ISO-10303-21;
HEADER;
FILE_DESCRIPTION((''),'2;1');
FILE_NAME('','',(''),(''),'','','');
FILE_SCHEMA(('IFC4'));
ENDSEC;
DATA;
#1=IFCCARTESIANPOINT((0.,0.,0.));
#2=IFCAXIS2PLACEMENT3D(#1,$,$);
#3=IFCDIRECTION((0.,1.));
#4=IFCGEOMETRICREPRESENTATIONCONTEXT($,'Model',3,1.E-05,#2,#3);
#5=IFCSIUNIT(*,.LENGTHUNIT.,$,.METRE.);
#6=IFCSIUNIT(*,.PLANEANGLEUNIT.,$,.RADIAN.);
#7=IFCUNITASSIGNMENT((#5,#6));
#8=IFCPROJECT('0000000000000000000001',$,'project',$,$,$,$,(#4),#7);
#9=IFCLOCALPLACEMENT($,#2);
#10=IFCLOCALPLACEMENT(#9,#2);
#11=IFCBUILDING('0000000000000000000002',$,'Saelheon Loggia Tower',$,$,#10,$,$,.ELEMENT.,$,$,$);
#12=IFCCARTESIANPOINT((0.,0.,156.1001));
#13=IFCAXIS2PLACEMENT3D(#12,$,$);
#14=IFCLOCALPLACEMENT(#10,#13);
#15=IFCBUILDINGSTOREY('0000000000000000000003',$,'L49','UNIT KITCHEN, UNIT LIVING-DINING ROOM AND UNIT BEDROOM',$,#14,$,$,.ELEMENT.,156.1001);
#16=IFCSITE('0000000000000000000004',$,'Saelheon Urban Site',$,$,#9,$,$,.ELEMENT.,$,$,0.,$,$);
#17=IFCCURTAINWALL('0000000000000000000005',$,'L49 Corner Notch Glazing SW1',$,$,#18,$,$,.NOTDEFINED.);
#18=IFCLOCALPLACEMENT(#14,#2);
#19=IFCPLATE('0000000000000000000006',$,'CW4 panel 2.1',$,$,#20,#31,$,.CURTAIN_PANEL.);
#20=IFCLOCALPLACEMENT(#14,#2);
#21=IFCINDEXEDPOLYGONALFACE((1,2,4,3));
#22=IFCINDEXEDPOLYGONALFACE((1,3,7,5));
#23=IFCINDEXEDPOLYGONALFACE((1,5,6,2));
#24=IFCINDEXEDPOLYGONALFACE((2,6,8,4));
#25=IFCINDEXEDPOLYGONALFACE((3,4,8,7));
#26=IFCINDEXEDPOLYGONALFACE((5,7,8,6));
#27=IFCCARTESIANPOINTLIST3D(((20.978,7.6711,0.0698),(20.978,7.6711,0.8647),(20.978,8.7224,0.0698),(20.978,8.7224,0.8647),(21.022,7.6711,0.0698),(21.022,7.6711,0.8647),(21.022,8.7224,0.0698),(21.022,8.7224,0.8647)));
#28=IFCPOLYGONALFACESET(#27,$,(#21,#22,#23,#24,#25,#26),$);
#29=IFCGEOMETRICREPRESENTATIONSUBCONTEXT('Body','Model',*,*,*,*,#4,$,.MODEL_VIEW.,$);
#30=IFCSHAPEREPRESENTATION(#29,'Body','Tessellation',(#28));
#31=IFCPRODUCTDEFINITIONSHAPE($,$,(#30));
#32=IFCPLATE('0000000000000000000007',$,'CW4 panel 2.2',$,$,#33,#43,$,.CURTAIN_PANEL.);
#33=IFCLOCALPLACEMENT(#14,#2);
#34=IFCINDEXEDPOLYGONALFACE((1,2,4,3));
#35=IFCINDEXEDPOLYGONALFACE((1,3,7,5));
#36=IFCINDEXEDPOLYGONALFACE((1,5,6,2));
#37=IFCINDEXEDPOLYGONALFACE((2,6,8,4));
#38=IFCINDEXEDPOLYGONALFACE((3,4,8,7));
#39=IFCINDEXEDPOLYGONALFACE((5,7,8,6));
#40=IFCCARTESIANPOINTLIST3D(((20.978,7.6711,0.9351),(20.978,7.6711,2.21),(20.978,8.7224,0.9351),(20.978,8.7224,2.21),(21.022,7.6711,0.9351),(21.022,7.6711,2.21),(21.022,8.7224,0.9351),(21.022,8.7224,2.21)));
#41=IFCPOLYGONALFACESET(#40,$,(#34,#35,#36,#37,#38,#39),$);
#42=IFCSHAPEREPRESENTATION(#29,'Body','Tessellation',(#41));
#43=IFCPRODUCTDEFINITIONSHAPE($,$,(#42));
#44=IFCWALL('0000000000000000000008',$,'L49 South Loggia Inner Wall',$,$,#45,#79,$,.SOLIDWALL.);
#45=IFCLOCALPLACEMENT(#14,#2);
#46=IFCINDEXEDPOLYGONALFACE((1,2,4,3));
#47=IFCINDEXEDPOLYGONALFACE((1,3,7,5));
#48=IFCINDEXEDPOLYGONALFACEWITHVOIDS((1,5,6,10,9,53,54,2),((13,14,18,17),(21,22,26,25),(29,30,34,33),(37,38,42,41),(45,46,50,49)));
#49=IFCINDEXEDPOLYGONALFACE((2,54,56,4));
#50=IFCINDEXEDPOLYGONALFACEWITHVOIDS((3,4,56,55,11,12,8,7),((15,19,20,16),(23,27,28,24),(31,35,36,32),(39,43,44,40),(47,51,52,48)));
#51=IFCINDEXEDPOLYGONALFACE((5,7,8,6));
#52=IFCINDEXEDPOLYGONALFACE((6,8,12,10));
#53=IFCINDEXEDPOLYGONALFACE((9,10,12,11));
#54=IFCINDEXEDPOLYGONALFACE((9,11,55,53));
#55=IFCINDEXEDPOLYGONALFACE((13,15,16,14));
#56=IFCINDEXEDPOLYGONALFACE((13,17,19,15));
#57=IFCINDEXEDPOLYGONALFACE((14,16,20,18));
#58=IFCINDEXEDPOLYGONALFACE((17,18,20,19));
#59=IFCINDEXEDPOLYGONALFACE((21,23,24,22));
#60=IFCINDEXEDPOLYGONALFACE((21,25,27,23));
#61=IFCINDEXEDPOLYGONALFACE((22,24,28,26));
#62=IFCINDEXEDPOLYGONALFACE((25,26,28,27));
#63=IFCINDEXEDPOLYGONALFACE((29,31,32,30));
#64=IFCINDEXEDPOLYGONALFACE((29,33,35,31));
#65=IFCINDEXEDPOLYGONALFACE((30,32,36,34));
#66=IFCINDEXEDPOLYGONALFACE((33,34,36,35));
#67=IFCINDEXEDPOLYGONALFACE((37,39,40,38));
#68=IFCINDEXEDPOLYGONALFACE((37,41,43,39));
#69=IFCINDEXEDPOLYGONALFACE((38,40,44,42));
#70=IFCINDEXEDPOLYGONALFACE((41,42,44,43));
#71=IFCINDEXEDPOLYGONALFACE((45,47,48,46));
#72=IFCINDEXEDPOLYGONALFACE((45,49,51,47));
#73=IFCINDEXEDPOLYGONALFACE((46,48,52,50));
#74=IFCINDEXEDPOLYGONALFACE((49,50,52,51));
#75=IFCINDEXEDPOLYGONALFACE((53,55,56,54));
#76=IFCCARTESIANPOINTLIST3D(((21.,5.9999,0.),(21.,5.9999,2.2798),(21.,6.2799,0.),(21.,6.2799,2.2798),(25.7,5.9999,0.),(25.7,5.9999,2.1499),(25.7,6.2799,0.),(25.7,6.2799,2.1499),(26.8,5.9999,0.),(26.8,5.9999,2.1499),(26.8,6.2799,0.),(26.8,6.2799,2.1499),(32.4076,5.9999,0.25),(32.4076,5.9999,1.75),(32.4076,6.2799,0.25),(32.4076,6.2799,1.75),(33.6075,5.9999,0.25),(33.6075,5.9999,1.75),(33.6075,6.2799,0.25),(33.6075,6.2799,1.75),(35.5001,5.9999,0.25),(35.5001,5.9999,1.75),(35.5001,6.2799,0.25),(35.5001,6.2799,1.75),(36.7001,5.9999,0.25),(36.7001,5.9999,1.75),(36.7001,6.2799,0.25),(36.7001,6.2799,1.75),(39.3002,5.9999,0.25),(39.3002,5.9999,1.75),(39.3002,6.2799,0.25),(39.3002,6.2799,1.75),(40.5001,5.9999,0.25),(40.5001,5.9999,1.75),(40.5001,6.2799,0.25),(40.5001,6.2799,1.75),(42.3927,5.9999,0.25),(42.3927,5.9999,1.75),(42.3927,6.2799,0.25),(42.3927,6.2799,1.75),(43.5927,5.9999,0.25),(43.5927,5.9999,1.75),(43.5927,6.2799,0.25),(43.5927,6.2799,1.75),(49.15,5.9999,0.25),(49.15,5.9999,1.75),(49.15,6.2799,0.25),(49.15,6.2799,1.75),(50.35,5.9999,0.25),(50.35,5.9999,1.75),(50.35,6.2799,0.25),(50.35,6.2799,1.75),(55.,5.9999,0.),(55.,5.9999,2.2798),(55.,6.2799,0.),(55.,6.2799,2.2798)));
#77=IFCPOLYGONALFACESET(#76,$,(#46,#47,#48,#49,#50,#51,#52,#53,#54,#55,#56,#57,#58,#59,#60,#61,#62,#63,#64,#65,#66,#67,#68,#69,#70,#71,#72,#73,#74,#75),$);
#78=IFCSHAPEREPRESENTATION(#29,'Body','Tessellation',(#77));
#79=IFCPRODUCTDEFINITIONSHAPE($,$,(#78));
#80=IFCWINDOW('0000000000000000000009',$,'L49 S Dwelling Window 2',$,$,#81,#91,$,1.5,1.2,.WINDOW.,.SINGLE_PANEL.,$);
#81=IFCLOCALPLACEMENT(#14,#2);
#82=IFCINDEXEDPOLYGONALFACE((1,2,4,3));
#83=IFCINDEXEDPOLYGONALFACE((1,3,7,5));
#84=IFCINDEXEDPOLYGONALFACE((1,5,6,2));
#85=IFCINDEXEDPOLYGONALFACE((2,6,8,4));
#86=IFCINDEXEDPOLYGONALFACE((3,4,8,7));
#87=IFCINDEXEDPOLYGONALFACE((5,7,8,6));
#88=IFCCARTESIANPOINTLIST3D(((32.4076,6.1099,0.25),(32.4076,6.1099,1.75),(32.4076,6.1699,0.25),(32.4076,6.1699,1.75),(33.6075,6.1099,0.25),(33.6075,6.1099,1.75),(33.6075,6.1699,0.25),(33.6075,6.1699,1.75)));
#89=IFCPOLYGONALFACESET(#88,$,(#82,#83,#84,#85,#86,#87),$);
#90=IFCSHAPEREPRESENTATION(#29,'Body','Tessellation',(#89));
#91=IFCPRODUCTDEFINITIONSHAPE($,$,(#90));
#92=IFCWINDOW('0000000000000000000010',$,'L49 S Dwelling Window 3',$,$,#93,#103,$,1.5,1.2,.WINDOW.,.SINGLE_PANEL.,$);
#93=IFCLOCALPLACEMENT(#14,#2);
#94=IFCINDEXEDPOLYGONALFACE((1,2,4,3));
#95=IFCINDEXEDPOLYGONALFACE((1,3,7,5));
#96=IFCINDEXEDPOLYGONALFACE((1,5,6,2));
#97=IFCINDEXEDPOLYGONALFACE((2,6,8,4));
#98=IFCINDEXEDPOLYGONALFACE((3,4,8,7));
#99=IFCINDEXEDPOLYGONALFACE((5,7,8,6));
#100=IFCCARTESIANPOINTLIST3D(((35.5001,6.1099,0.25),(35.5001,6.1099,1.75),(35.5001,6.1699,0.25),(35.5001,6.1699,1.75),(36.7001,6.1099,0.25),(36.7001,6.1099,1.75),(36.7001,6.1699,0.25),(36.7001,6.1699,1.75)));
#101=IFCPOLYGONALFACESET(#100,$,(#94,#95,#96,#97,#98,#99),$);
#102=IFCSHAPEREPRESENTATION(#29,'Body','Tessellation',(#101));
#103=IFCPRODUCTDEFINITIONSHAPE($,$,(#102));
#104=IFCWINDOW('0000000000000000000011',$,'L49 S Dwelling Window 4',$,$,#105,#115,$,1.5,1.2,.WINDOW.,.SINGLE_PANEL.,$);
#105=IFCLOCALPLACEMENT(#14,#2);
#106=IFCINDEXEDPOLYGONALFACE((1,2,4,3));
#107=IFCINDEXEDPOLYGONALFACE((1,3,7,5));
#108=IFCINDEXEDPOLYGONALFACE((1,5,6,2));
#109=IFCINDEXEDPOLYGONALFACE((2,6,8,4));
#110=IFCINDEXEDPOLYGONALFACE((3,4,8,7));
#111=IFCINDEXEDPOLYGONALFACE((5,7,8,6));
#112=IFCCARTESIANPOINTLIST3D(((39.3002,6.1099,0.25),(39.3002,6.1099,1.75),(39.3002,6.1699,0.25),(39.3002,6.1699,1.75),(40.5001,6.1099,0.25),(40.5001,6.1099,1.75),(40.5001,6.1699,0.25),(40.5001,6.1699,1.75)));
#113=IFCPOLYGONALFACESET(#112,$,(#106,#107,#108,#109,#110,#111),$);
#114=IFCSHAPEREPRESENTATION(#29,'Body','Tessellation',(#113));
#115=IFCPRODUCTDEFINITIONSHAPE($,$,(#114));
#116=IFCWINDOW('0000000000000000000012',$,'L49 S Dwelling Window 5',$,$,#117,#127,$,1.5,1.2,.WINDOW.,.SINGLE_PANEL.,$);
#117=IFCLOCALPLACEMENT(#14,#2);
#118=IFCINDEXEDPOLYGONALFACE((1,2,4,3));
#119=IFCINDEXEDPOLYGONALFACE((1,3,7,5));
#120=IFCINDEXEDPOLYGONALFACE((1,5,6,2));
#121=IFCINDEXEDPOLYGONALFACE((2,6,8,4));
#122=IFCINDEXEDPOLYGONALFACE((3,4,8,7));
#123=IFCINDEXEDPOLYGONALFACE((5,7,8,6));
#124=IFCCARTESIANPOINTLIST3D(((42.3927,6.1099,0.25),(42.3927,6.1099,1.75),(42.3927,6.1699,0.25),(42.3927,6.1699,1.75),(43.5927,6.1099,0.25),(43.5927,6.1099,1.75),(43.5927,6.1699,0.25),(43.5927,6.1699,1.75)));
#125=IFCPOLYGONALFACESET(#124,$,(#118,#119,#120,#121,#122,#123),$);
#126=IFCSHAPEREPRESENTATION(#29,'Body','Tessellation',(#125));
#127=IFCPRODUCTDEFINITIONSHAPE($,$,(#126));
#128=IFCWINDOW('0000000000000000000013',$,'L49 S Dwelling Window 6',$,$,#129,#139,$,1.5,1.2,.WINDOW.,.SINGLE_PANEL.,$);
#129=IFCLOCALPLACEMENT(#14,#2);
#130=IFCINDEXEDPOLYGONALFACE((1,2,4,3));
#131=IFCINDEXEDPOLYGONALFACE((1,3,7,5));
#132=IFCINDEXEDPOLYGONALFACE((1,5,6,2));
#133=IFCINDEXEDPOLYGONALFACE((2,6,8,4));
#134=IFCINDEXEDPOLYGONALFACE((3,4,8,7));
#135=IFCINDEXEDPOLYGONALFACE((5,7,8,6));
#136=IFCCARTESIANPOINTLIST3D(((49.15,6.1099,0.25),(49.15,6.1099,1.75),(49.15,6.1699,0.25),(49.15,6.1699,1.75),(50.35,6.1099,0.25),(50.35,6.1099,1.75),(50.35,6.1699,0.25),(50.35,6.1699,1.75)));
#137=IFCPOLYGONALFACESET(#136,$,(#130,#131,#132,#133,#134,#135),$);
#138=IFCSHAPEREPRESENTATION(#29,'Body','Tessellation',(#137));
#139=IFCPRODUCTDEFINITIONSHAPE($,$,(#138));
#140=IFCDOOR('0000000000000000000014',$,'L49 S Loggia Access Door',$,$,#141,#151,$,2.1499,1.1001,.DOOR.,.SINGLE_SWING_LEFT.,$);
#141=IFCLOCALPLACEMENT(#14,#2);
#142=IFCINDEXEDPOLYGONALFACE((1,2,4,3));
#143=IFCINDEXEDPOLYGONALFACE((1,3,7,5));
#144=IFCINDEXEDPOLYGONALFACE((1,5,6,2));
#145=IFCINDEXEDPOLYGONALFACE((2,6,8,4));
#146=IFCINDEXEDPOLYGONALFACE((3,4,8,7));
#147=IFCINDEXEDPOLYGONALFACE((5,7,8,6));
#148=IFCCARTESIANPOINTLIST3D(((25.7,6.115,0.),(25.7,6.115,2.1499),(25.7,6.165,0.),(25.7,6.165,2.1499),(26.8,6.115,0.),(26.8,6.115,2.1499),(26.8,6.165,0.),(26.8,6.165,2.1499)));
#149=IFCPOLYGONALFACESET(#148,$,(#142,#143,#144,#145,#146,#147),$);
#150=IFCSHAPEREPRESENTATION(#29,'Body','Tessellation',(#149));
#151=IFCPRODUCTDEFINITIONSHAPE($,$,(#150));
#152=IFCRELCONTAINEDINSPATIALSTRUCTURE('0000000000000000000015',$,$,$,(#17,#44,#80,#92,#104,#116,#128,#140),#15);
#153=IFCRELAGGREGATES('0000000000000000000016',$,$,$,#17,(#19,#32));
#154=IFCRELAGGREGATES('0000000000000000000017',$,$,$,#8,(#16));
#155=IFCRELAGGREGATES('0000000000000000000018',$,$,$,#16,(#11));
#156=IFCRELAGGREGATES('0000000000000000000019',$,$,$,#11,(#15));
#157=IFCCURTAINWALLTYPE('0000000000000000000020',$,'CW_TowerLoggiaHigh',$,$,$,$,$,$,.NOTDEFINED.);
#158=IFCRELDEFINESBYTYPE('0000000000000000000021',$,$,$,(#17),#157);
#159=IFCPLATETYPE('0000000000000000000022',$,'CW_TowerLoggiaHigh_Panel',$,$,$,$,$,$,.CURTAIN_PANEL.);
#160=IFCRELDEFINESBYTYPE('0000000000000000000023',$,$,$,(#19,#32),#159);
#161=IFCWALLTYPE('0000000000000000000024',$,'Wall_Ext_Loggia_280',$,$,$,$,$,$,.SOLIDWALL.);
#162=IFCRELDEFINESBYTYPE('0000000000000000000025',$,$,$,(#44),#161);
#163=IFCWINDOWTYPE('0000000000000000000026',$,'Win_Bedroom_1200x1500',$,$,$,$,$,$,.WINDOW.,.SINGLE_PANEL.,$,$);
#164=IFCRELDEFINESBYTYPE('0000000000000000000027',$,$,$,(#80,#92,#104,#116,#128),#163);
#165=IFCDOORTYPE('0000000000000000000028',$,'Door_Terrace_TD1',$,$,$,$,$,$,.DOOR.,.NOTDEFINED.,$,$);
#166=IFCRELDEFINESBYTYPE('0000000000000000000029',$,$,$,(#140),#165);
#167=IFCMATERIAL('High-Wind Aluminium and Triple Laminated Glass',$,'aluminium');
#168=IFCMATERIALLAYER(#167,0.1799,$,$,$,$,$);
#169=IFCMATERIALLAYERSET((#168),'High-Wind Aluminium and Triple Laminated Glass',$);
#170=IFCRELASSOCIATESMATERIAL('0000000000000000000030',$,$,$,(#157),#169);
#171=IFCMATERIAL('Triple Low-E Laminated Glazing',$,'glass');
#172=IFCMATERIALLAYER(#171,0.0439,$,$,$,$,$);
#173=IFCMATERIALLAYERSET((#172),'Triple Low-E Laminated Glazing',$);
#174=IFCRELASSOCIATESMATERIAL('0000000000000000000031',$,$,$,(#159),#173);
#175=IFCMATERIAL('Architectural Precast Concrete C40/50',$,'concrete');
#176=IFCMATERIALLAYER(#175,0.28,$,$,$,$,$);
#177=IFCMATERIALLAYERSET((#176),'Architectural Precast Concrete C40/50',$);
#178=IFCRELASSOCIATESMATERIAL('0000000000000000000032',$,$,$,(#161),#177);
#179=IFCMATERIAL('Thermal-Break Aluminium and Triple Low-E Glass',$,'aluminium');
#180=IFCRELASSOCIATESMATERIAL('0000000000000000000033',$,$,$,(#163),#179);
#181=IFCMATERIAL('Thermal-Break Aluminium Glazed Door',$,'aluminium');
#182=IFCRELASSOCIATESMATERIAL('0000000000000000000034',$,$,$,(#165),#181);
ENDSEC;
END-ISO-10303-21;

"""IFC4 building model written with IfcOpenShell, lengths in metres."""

from ifc_helpers import new_model, si_unit, direction, frame, frame_2d, origin, origin_2d, place, context, subcontext, project, spatial, rectangle, extrude, source, transform, mapped, material, layer, layer_set, type_object, element, fill, aggregate, save


model = new_model("IFC4")

# Units and contexts
model_context = context("Model", 3, precision=1e-05, world=origin(), true_north=direction((0.0, 1.0)))
body_context = subcontext(model_context, "Body", "Model", "MODEL_VIEW")
ifc_project = project(units=[si_unit("LENGTHUNIT", "METRE"), si_unit("PLANEANGLEUNIT", "RADIAN")], contexts=[model_context])

# Site, building, storey
site_placement = place(None, origin())
site = spatial("IfcSite", under=ifc_project, at=site_placement, Name="Saelheon Urban Site", CompositionType="ELEMENT", RefElevation=0.0)
building_placement = place(site_placement, origin())
building = spatial("IfcBuilding", under=site, at=building_placement, Name="Saelheon Loggia Tower", CompositionType="ELEMENT")
storey_placement = place(building_placement, frame((0.0, 0.0, 156.1001)))
storey = spatial("IfcBuildingStorey", under=building, at=storey_placement, Name="L49", Description="UNIT KITCHEN, UNIT LIVING-DINING ROOM AND UNIT BEDROOM", CompositionType="ELEMENT", Elevation=156.1001)

# Curtain wall, plates
ifc_material_1 = material(Name="High-Wind Aluminium and Triple Laminated Glass", Category="aluminium")
ifc_layer_1 = layer(ifc_material_1, 0.1799)
ifc_layer_set_1 = layer_set([ifc_layer_1], Name="High-Wind Aluminium and Triple Laminated Glass")
curtain_wall_type = type_object("IfcCurtainWallType", Name="CW_TowerLoggiaHigh", PredefinedType="NOTDEFINED", material=ifc_layer_set_1)
curtain_wall_placement = place(storey_placement, origin())
curtain_wall = element("IfcCurtainWall", 1, at=curtain_wall_placement, inside=storey, type_object=curtain_wall_type, Name="L49 Corner Notch Glazing SW1", PredefinedType="NOTDEFINED")
ifc_material_2 = material(Name="Triple Low-E Laminated Glazing", Category="glass")
ifc_layer_2 = layer(ifc_material_2, 0.0439)
ifc_layer_set_2 = layer_set([ifc_layer_2], Name="Triple Low-E Laminated Glazing")
plate_type = type_object("IfcPlateType", Name="CW_TowerLoggiaHigh_Panel", PredefinedType="CURTAIN_PANEL", material=ifc_layer_set_2)
shared_shape_1 = source(origin(), body_context, "Body", "SweptSolid", [
    extrude(rectangle(XDim=1.0513, YDim=0.0439, at=origin_2d()), origin(), (0.0, 0.0, 1.0), 0.7949),
])
plate_1_placement = place(storey_placement, frame((21.0, 8.1968, 0.0698), z_axis=(0.0, 0.0, 1.0), x_axis=(0.0, 1.0, 0.0)))
plate_1 = element("IfcPlate", 2, at=plate_1_placement, type_object=plate_type, Name="CW4 panel 2.1", PredefinedType="CURTAIN_PANEL", context=body_context, shape_type="MappedRepresentation", body=[
    mapped(shared_shape_1, transform((0.0, 0.0, 0.0), scale=1.0)),
])
shared_shape_2 = source(origin(), body_context, "Body", "SweptSolid", [
    extrude(rectangle(XDim=1.0513, YDim=0.0439, at=origin_2d()), origin(), (0.0, 0.0, 1.0), 1.2749),
])
plate_2_placement = place(storey_placement, frame((21.0, 8.1968, 0.9351), z_axis=(0.0, 0.0, 1.0), x_axis=(0.0, 1.0, 0.0)))
plate_2 = element("IfcPlate", 3, at=plate_2_placement, type_object=plate_type, Name="CW4 panel 2.2", PredefinedType="CURTAIN_PANEL", context=body_context, shape_type="MappedRepresentation", body=[
    mapped(shared_shape_2, transform((0.0, 0.0, 0.0), scale=1.0)),
])
aggregate(curtain_wall, [plate_1, plate_2])

# Wall, openings, windows, door
ifc_material_3 = material(Name="Architectural Precast Concrete C40/50", Category="concrete")
ifc_layer_3 = layer(ifc_material_3, 0.28)
ifc_layer_set_3 = layer_set([ifc_layer_3], Name="Architectural Precast Concrete C40/50")
wall_type = type_object("IfcWallType", Name="Wall_Ext_Loggia_280", PredefinedType="SOLIDWALL", material=ifc_layer_set_3)
wall_placement = place(storey_placement, frame((21.0, 6.1399, 0.0), z_axis=(0.0, 0.0, 1.0), x_axis=(1.0, 0.0, 0.0)))
wall = element("IfcWall", 4, at=wall_placement, inside=storey, type_object=wall_type, Name="L49 South Loggia Inner Wall", PredefinedType="SOLIDWALL", context=body_context, shape_type="SweptSolid", body=[
    extrude(rectangle(XDim=34.0, YDim=0.28, at=frame_2d((17.0, 0.0))), origin(), (0.0, 0.0, 1.0), 2.2798),
])
opening_1_placement = place(wall_placement, frame((5.8, 0.0, 0.0), z_axis=(0.0, 0.0, 1.0), x_axis=(-1.0, 0.0, 0.0)))
opening_1 = element("IfcOpeningElement", 5, at=opening_1_placement, cuts=wall, PredefinedType="OPENING", context=body_context, shape_type="SweptSolid", body=[
    extrude(rectangle(XDim=1.1001, YDim=2.1499, at=frame_2d((0.55, 1.075))), frame((0.0, 0.1521, 0.0), z_axis=(0.0, -1.0, 0.0), x_axis=(1.0, 0.0, 0.0)), (0.0, 0.0, 1.0), 0.304),
])
opening_2_placement = place(wall_placement, frame((11.4075, 0.0, 0.25)))
opening_2 = element("IfcOpeningElement", 6, at=opening_2_placement, cuts=wall, PredefinedType="OPENING", context=body_context, shape_type="SweptSolid", body=[
    extrude(rectangle(XDim=1.2, YDim=1.5, at=frame_2d((0.6001, 0.75))), frame((0.0, 0.1521, 0.0), z_axis=(0.0, -1.0, 0.0), x_axis=(1.0, 0.0, 0.0)), (0.0, 0.0, 1.0), 0.304),
])
opening_3_placement = place(wall_placement, frame((14.5, 0.0, 0.25)))
opening_3 = element("IfcOpeningElement", 7, at=opening_3_placement, cuts=wall, PredefinedType="OPENING", context=body_context, shape_type="SweptSolid", body=[
    extrude(rectangle(XDim=1.2, YDim=1.5, at=frame_2d((0.6001, 0.75))), frame((0.0, 0.1521, 0.0), z_axis=(0.0, -1.0, 0.0), x_axis=(1.0, 0.0, 0.0)), (0.0, 0.0, 1.0), 0.304),
])
opening_4_placement = place(wall_placement, frame((18.3, 0.0, 0.25)))
opening_4 = element("IfcOpeningElement", 8, at=opening_4_placement, cuts=wall, PredefinedType="OPENING", context=body_context, shape_type="SweptSolid", body=[
    extrude(rectangle(XDim=1.2, YDim=1.5, at=frame_2d((0.6001, 0.75))), frame((0.0, 0.1521, 0.0), z_axis=(0.0, -1.0, 0.0), x_axis=(1.0, 0.0, 0.0)), (0.0, 0.0, 1.0), 0.304),
])
opening_5_placement = place(wall_placement, frame((21.3926, 0.0, 0.25)))
opening_5 = element("IfcOpeningElement", 9, at=opening_5_placement, cuts=wall, PredefinedType="OPENING", context=body_context, shape_type="SweptSolid", body=[
    extrude(rectangle(XDim=1.2, YDim=1.5, at=frame_2d((0.6001, 0.75))), frame((0.0, 0.1521, 0.0), z_axis=(0.0, -1.0, 0.0), x_axis=(1.0, 0.0, 0.0)), (0.0, 0.0, 1.0), 0.304),
])
opening_6_placement = place(wall_placement, frame((28.1499, 0.0, 0.25)))
opening_6 = element("IfcOpeningElement", 10, at=opening_6_placement, cuts=wall, PredefinedType="OPENING", context=body_context, shape_type="SweptSolid", body=[
    extrude(rectangle(XDim=1.2, YDim=1.5, at=frame_2d((0.6001, 0.75))), frame((0.0, 0.1521, 0.0), z_axis=(0.0, -1.0, 0.0), x_axis=(1.0, 0.0, 0.0)), (0.0, 0.0, 1.0), 0.304),
])
ifc_material_4 = material(Name="Thermal-Break Aluminium and Triple Low-E Glass", Category="aluminium")
window_type = type_object("IfcWindowType", Name="Win_Bedroom_1200x1500", PartitioningType="SINGLE_PANEL", PredefinedType="WINDOW", material=ifc_material_4)
shared_shape_3 = source(origin(), body_context, "Body", "SweptSolid", [
    extrude(rectangle(XDim=1.2, YDim=1.5, at=frame_2d((0.6001, 0.75))), frame((0.0, 0.03, 0.0), z_axis=(0.0, -1.0, 0.0), x_axis=(1.0, 0.0, 0.0)), (0.0, 0.0, 1.0), 0.0601),
])
window_1_placement = place(opening_2_placement, origin())
window_1 = element("IfcWindow", 11, at=window_1_placement, inside=storey, type_object=window_type, Name="L49 S Dwelling Window 2", OverallHeight=1.5, OverallWidth=1.2, PartitioningType="SINGLE_PANEL", PredefinedType="WINDOW", context=body_context, shape_type="MappedRepresentation", body=[
    mapped(shared_shape_3, transform((0.0, 0.0, 0.0), scale=1.0)),
])
fill(opening_2, window_1)
window_2_placement = place(opening_3_placement, origin())
window_2 = element("IfcWindow", 12, at=window_2_placement, inside=storey, type_object=window_type, Name="L49 S Dwelling Window 3", OverallHeight=1.5, OverallWidth=1.2, PartitioningType="SINGLE_PANEL", PredefinedType="WINDOW", context=body_context, shape_type="MappedRepresentation", body=[
    mapped(shared_shape_3, transform((0.0, 0.0, 0.0), scale=1.0)),
])
fill(opening_3, window_2)
window_3_placement = place(opening_4_placement, origin())
window_3 = element("IfcWindow", 13, at=window_3_placement, inside=storey, type_object=window_type, Name="L49 S Dwelling Window 4", OverallHeight=1.5, OverallWidth=1.2, PartitioningType="SINGLE_PANEL", PredefinedType="WINDOW", context=body_context, shape_type="MappedRepresentation", body=[
    mapped(shared_shape_3, transform((0.0, 0.0, 0.0), scale=1.0)),
])
fill(opening_4, window_3)
window_4_placement = place(opening_5_placement, origin())
window_4 = element("IfcWindow", 14, at=window_4_placement, inside=storey, type_object=window_type, Name="L49 S Dwelling Window 5", OverallHeight=1.5, OverallWidth=1.2, PartitioningType="SINGLE_PANEL", PredefinedType="WINDOW", context=body_context, shape_type="MappedRepresentation", body=[
    mapped(shared_shape_3, transform((0.0, 0.0, 0.0), scale=1.0)),
])
fill(opening_5, window_4)
window_5_placement = place(opening_6_placement, origin())
window_5 = element("IfcWindow", 15, at=window_5_placement, inside=storey, type_object=window_type, Name="L49 S Dwelling Window 6", OverallHeight=1.5, OverallWidth=1.2, PartitioningType="SINGLE_PANEL", PredefinedType="WINDOW", context=body_context, shape_type="MappedRepresentation", body=[
    mapped(shared_shape_3, transform((0.0, 0.0, 0.0), scale=1.0)),
])
fill(opening_6, window_5)
ifc_material_5 = material(Name="Thermal-Break Aluminium Glazed Door", Category="aluminium")
door_type = type_object("IfcDoorType", Name="Door_Terrace_TD1", OperationType="NOTDEFINED", PredefinedType="DOOR", material=ifc_material_5)
shared_shape_4 = source(origin(), body_context, "Body", "SweptSolid", [
    extrude(rectangle(XDim=1.1001, YDim=2.1499, at=frame_2d((0.55, 1.075))), frame((0.0, 0.0249, 0.0), z_axis=(0.0, -1.0, 0.0), x_axis=(1.0, 0.0, 0.0)), (0.0, 0.0, 1.0), 0.05),
])
door_placement = place(opening_1_placement, origin())
door = element("IfcDoor", 16, at=door_placement, inside=storey, type_object=door_type, Name="L49 S Loggia Access Door", OperationType="SINGLE_SWING_LEFT", OverallHeight=2.1499, OverallWidth=1.1001, PredefinedType="DOOR", context=body_context, shape_type="MappedRepresentation", body=[
    mapped(shared_shape_4, transform((0.0, 0.0, 0.0), scale=1.0)),
])
fill(opening_1, door)

save(model, "model.ifc")
